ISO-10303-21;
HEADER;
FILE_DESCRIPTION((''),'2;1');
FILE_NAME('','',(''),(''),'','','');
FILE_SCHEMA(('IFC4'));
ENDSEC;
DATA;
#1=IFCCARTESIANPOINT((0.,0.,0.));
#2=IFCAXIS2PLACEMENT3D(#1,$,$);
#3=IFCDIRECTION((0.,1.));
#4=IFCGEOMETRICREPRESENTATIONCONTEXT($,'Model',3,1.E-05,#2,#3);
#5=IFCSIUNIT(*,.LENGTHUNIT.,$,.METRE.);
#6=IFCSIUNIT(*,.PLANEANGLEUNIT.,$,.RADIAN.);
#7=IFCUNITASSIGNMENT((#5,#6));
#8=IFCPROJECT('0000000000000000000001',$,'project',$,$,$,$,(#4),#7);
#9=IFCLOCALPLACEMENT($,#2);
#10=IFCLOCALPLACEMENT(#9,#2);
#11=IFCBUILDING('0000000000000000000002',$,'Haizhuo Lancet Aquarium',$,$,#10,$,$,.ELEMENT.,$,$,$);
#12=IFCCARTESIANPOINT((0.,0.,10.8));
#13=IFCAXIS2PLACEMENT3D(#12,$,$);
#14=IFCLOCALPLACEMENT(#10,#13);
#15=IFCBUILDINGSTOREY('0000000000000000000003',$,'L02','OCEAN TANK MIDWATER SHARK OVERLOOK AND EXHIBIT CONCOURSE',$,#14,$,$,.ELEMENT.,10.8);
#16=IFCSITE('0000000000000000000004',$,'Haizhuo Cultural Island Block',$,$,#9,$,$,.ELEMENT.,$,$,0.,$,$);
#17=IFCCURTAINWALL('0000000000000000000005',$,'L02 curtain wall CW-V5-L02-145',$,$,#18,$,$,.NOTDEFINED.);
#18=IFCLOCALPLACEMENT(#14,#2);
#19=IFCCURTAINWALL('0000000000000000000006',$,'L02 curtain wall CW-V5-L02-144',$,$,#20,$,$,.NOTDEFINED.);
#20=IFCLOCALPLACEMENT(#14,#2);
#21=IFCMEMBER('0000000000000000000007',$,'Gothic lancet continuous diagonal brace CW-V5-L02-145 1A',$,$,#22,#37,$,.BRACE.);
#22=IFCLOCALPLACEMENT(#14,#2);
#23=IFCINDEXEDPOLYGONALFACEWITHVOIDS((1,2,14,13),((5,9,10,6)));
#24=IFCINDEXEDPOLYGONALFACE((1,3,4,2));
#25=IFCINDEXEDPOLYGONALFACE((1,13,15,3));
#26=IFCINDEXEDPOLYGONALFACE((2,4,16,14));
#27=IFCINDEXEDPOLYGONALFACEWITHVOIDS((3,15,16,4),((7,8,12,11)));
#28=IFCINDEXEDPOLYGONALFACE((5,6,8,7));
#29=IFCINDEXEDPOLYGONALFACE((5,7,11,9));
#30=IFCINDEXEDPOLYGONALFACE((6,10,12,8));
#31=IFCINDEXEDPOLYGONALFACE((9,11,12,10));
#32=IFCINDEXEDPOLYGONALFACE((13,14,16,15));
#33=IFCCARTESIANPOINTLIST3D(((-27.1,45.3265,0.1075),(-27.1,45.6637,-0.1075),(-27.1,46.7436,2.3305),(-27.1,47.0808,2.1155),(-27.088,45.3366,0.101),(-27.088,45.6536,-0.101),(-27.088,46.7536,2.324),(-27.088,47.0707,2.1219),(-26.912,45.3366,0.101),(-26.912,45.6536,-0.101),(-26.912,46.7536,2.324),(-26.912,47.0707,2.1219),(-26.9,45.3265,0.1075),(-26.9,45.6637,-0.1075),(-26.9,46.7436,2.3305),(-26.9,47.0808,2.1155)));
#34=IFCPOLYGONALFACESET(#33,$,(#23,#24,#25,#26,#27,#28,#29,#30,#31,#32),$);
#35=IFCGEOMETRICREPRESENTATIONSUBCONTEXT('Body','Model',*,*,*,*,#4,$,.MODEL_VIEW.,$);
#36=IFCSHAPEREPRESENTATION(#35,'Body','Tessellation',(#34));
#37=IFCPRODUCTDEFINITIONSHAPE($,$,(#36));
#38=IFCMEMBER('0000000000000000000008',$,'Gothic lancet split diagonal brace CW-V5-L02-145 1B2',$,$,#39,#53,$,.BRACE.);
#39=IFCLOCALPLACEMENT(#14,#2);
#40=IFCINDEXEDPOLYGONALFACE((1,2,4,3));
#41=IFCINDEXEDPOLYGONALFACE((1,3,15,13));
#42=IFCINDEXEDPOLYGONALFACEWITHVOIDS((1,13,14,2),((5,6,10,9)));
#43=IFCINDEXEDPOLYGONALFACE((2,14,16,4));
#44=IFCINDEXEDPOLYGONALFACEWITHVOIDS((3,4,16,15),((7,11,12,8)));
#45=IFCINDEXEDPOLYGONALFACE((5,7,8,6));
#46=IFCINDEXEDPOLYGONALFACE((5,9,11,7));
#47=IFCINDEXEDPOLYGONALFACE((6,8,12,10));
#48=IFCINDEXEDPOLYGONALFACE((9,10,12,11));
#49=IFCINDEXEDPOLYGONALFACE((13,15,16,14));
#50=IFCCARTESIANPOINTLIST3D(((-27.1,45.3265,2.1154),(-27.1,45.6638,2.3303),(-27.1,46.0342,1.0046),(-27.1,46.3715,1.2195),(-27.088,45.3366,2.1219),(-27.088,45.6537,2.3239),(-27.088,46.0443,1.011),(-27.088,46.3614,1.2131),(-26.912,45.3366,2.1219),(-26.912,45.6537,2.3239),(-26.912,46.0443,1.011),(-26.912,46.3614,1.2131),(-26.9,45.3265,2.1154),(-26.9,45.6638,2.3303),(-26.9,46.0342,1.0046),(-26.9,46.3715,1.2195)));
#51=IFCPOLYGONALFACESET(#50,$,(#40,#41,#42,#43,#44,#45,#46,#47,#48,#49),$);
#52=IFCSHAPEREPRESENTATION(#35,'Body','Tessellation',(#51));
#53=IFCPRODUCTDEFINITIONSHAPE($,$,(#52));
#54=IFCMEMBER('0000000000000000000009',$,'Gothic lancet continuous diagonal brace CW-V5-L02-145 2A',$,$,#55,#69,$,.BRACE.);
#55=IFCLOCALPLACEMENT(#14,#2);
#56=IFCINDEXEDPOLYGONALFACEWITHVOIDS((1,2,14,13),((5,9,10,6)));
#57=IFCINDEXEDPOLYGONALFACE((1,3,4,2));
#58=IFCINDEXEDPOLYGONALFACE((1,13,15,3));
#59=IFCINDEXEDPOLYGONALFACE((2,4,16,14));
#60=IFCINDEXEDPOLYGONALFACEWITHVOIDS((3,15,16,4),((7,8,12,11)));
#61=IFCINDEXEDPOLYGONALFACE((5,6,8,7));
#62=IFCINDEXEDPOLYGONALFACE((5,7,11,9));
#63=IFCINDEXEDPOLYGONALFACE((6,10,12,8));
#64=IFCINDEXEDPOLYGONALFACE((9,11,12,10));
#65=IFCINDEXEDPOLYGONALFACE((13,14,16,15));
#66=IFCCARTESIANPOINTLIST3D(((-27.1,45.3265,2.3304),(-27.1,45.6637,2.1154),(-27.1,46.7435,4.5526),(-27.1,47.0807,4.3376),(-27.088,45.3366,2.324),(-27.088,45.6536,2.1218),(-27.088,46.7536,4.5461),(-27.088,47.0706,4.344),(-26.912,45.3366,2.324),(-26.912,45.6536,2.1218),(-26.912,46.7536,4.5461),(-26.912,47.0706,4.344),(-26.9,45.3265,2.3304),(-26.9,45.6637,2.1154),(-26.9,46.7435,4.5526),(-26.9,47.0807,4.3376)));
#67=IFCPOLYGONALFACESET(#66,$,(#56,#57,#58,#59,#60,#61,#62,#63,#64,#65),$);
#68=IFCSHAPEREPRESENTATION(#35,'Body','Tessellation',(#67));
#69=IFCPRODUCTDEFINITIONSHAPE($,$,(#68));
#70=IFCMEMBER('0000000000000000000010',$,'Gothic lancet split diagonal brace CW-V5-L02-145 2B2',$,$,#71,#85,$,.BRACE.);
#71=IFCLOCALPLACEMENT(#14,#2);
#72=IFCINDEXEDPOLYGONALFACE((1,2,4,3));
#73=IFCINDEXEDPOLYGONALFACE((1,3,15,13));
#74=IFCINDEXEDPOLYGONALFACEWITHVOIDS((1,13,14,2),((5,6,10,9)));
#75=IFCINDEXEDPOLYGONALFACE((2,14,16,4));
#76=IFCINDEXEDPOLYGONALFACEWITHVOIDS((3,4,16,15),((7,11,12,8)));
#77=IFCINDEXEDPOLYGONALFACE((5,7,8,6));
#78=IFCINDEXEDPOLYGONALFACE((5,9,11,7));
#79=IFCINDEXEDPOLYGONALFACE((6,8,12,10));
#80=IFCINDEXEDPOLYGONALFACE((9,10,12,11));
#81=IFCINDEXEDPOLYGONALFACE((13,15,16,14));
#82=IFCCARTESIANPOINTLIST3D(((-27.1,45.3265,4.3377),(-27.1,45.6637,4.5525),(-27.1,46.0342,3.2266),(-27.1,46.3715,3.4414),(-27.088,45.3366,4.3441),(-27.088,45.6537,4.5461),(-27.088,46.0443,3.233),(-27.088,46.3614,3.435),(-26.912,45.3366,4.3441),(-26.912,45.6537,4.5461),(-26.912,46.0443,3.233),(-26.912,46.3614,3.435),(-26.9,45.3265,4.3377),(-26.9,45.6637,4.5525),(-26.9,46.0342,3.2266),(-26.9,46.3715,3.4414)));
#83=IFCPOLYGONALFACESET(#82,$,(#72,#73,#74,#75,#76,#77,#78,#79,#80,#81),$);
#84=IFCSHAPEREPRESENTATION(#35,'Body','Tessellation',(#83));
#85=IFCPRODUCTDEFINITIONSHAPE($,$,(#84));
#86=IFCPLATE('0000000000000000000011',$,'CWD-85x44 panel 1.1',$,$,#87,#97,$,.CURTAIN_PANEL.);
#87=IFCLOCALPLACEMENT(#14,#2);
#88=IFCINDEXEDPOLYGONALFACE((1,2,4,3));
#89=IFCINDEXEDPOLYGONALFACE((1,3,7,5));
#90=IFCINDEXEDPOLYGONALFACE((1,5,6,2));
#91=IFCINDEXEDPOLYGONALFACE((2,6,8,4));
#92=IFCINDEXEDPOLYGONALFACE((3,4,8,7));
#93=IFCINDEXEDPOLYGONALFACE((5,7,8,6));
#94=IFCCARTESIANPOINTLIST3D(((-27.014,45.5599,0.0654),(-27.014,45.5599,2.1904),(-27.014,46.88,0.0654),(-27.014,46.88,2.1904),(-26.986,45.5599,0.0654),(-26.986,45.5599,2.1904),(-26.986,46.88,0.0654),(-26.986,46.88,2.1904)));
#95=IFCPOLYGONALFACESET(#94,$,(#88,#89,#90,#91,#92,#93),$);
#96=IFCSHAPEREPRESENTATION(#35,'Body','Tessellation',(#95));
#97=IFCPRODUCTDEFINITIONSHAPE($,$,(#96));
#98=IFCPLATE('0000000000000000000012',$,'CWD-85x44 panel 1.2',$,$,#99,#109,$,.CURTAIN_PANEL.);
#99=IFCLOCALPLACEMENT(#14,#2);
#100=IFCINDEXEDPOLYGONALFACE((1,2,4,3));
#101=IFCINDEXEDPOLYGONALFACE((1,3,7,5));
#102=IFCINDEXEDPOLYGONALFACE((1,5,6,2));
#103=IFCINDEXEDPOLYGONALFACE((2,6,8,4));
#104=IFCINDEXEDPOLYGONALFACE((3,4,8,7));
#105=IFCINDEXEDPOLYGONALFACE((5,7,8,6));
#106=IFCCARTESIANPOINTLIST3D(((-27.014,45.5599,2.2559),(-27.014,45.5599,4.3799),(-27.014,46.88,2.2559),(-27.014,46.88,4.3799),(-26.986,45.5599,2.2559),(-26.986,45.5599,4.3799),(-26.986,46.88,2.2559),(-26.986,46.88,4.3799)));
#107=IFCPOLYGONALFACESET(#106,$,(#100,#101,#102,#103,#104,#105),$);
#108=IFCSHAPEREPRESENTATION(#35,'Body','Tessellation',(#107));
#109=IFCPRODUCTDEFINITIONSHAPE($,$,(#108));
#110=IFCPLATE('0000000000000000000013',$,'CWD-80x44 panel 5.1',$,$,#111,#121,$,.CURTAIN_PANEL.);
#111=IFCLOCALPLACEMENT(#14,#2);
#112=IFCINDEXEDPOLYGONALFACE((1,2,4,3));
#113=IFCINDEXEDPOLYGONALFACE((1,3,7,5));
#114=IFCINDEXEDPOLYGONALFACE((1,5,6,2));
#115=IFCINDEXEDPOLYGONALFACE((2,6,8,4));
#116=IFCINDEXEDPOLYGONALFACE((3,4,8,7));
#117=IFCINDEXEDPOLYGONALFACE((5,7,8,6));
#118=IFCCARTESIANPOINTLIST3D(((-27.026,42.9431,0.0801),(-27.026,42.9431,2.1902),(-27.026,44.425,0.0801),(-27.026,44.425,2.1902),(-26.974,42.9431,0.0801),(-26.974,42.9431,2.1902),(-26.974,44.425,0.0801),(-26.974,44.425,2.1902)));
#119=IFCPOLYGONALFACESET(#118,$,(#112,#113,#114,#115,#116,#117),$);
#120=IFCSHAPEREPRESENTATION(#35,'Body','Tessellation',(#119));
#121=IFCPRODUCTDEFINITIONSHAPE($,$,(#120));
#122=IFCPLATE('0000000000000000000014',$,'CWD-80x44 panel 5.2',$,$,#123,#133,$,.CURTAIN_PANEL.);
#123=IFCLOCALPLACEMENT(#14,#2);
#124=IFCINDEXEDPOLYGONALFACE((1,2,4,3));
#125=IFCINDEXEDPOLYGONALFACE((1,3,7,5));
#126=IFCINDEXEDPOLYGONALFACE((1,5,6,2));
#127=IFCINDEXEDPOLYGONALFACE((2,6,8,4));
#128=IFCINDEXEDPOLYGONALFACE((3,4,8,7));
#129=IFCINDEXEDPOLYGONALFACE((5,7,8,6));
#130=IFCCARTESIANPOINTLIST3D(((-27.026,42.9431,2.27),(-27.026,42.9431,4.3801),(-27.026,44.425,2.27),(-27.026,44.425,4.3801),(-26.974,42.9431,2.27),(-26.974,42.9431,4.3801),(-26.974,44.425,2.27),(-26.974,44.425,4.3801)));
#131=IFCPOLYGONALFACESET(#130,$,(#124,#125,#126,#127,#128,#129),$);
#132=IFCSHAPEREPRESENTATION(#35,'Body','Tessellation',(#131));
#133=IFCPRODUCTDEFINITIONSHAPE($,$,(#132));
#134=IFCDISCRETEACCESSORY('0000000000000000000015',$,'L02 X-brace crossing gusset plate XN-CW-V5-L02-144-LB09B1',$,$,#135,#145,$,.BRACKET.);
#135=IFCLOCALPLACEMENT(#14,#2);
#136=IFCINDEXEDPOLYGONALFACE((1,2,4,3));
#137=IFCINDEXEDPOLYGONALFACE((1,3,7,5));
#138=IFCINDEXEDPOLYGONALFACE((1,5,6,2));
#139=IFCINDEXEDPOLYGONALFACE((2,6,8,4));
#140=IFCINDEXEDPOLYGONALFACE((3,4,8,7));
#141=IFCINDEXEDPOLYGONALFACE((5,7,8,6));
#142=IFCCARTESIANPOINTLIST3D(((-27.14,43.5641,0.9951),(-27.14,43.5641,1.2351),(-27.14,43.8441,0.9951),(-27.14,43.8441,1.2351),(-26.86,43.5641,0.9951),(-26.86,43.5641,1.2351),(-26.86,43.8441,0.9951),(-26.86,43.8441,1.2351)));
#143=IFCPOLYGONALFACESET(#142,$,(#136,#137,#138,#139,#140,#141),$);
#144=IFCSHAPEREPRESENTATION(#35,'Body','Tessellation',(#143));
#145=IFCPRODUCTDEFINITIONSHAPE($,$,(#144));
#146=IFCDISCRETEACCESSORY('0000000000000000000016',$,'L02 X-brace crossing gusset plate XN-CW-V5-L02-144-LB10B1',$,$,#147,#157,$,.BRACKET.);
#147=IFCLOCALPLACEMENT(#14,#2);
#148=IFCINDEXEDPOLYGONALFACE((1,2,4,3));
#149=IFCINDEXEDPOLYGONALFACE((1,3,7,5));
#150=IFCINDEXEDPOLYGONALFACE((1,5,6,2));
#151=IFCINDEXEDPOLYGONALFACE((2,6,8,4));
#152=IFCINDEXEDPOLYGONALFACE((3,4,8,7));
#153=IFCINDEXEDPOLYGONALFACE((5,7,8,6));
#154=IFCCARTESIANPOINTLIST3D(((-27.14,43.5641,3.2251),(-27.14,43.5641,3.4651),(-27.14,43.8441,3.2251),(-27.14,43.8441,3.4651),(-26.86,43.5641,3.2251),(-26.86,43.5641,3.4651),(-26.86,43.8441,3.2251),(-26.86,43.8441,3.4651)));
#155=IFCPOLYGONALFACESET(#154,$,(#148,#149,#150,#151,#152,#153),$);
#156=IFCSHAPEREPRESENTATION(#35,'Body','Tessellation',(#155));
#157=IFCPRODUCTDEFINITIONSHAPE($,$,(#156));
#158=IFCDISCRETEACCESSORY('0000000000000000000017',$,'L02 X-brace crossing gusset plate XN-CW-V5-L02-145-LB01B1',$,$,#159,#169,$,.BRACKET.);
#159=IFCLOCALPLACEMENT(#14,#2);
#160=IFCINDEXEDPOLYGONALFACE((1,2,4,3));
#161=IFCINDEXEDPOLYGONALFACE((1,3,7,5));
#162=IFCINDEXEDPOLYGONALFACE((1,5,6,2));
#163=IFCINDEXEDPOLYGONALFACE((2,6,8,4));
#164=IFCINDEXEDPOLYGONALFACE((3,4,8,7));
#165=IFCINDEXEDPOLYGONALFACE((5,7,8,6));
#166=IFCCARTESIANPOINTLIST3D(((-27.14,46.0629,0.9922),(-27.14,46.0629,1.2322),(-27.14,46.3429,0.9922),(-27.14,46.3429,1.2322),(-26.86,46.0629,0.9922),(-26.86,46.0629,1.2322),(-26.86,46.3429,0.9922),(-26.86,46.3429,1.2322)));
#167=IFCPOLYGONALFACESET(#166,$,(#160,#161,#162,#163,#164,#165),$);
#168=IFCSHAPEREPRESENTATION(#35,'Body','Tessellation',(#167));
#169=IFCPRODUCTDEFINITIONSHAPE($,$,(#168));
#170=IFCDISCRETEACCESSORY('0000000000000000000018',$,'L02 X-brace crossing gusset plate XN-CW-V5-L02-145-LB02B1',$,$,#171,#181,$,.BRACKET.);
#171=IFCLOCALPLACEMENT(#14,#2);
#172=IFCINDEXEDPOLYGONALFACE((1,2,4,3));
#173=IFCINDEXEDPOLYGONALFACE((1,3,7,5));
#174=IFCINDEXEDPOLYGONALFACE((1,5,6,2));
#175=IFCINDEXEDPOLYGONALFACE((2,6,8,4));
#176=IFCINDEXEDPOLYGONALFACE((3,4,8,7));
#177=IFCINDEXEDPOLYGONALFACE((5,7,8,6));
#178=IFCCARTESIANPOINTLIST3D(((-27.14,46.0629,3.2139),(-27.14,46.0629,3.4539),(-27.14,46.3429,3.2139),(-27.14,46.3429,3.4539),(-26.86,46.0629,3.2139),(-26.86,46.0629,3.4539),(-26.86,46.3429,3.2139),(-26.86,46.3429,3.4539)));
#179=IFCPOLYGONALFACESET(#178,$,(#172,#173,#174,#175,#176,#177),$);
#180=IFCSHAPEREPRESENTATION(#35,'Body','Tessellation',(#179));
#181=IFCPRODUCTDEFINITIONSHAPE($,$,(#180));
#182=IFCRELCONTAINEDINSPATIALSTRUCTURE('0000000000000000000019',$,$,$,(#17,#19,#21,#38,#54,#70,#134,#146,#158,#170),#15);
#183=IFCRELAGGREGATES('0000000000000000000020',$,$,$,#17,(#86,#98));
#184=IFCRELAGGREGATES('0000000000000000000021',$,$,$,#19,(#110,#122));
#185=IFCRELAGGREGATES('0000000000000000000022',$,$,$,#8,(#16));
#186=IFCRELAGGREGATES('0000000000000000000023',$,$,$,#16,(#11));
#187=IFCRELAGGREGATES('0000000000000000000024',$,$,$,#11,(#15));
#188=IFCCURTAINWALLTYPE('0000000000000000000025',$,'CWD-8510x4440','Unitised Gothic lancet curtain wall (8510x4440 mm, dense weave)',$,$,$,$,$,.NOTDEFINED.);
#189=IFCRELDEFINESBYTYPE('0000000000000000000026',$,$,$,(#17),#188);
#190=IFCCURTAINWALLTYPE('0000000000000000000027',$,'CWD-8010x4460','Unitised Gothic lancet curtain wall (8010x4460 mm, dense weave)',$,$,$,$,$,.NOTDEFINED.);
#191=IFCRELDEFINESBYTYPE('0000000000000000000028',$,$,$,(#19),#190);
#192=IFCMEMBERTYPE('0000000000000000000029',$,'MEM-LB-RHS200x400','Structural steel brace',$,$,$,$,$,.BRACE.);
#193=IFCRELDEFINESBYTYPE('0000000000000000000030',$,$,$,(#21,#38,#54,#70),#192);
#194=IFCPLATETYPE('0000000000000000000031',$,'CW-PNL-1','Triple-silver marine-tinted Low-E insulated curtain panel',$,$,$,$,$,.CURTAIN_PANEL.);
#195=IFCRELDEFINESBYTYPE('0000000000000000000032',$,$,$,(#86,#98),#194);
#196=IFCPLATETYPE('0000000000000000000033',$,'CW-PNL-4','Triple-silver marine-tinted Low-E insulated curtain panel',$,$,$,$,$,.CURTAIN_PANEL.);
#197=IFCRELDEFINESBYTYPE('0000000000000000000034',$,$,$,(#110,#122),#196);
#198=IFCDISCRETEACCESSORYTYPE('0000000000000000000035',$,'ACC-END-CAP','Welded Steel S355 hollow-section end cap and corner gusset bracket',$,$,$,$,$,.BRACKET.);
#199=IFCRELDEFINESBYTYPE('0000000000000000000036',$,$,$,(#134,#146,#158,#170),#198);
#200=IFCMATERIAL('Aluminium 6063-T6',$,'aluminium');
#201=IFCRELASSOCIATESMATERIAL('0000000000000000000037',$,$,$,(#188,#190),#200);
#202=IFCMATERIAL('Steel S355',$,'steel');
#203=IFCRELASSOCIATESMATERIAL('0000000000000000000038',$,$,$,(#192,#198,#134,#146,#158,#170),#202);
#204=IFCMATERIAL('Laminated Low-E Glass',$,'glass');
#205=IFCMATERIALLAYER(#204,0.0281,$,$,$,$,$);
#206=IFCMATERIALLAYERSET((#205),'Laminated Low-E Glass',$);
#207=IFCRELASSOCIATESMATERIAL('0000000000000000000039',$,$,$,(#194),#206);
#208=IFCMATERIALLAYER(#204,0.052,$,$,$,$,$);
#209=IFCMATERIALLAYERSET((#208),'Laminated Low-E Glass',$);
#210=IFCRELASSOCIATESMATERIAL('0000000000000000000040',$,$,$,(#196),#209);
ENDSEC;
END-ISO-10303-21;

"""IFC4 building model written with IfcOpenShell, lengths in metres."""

from ifc_helpers import new_model, si_unit, direction, frame, origin, origin_2d, place, context, subcontext, project, spatial, rectangle, hollow_rectangle, extrude, material, layer, layer_set, material_profile, profile_set, type_object, element, aggregate, save


model = new_model("IFC4")

# Units and contexts
model_context = context("Model", 3, precision=1e-05, world=origin(), true_north=direction((0.0, 1.0)))
body_context = subcontext(model_context, "Body", "Model", "MODEL_VIEW")
ifc_project = project(units=[si_unit("LENGTHUNIT", "METRE"), si_unit("PLANEANGLEUNIT", "RADIAN")], contexts=[model_context])

# Site, building, storey
site_placement = place(None, origin())
site = spatial("IfcSite", under=ifc_project, at=site_placement, Name="Haizhuo Cultural Island Block", CompositionType="ELEMENT", RefElevation=0.0)
building_placement = place(site_placement, origin())
building = spatial("IfcBuilding", under=site, at=building_placement, Name="Haizhuo Lancet Aquarium", CompositionType="ELEMENT")
storey_placement = place(building_placement, frame((0.0, 0.0, 10.8)))
storey = spatial("IfcBuildingStorey", under=building, at=storey_placement, Name="L02", Description="OCEAN TANK MIDWATER SHARK OVERLOOK AND EXHIBIT CONCOURSE", CompositionType="ELEMENT", Elevation=10.8)

# Curtain wall
ifc_material_1 = material(Name="Aluminium 6063-T6", Category="aluminium")
curtain_wall_type_1 = type_object("IfcCurtainWallType", Name="CWD-8510x4440", Description="Unitised Gothic lancet curtain wall (8510x4440 mm, dense weave)", PredefinedType="NOTDEFINED", material=ifc_material_1)
curtain_wall_1_placement = place(storey_placement, origin())
curtain_wall_1 = element("IfcCurtainWall", 1, at=curtain_wall_1_placement, inside=storey, type_object=curtain_wall_type_1, Name="L02 curtain wall CW-V5-L02-145", PredefinedType="NOTDEFINED")

# Curtain wall
curtain_wall_type_2 = type_object("IfcCurtainWallType", Name="CWD-8010x4460", Description="Unitised Gothic lancet curtain wall (8010x4460 mm, dense weave)", PredefinedType="NOTDEFINED", material=ifc_material_1)
curtain_wall_2_placement = place(storey_placement, origin())
curtain_wall_2 = element("IfcCurtainWall", 2, at=curtain_wall_2_placement, inside=storey, type_object=curtain_wall_type_2, Name="L02 curtain wall CW-V5-L02-144", PredefinedType="NOTDEFINED")

# Members
ifc_material_2 = material(Name="Steel S355", Category="steel")
ifc_material_profile_1 = material_profile(ifc_material_2, hollow_rectangle(XDim=0.2, YDim=0.3999, WallThickness=0.012, at=origin_2d()), Name="RHS 200x400x12")
ifc_profile_set_1 = profile_set([ifc_material_profile_1], Name="Steel S355")
member_type_1 = type_object("IfcMemberType", Name="MEM-LB-RHS200x400", Description="Structural steel brace", PredefinedType="BRACE", material=ifc_profile_set_1)
member_1_placement = place(storey_placement, frame((-27.0, 45.4951, 0.0), z_axis=(0.0, 0.537529, 0.843246), x_axis=(-1.0, 0.0, 0.0)))
element("IfcMember", 3, at=member_1_placement, inside=storey, type_object=member_type_1, Name="Gothic lancet continuous diagonal brace CW-V5-L02-145 1A", PredefinedType="BRACE", context=body_context, shape_type="SweptSolid", body=[
    extrude(hollow_rectangle(XDim=0.2, YDim=0.3999, WallThickness=0.012, at=origin_2d()), origin(), (0.0, 0.0, 1.0), 2.6362),
])
member_2_placement = place(storey_placement, frame((-27.0, 46.2029, 1.1121), z_axis=(0.0, -0.537343, 0.843364), x_axis=(1.0, 0.0, 0.0)))
element("IfcMember", 4, at=member_2_placement, inside=storey, type_object=member_type_1, Name="Gothic lancet split diagonal brace CW-V5-L02-145 1B2", PredefinedType="BRACE", context=body_context, shape_type="SweptSolid", body=[
    extrude(hollow_rectangle(XDim=0.2, YDim=0.3999, WallThickness=0.012, at=origin_2d()), origin(), (0.0, 0.0, 1.0), 1.3171),
])
member_3_placement = place(storey_placement, frame((-27.0, 45.4951, 2.2229), z_axis=(0.0, 0.537654, 0.843165), x_axis=(-1.0, 0.0, 0.0)))
element("IfcMember", 5, at=member_3_placement, inside=storey, type_object=member_type_1, Name="Gothic lancet continuous diagonal brace CW-V5-L02-145 2A", PredefinedType="BRACE", context=body_context, shape_type="SweptSolid", body=[
    extrude(hollow_rectangle(XDim=0.2, YDim=0.3999, WallThickness=0.012, at=origin_2d()), origin(), (0.0, 0.0, 1.0), 2.6355),
])
member_4_placement = place(storey_placement, frame((-27.0, 46.2029, 3.334), z_axis=(0.0, -0.537259, 0.843417), x_axis=(1.0, 0.0, 0.0)))
element("IfcMember", 6, at=member_4_placement, inside=storey, type_object=member_type_1, Name="Gothic lancet split diagonal brace CW-V5-L02-145 2B2", PredefinedType="BRACE", context=body_context, shape_type="SweptSolid", body=[
    extrude(hollow_rectangle(XDim=0.2, YDim=0.3999, WallThickness=0.012, at=origin_2d()), origin(), (0.0, 0.0, 1.0), 1.3174),
])

# Plates
ifc_material_3 = material(Name="Laminated Low-E Glass", Category="glass")
ifc_layer_1 = layer(ifc_material_3, 0.0281)
ifc_layer_set_1 = layer_set([ifc_layer_1], Name="Laminated Low-E Glass")
plate_type_1 = type_object("IfcPlateType", Name="CW-PNL-1", Description="Triple-silver marine-tinted Low-E insulated curtain panel", PredefinedType="CURTAIN_PANEL", material=ifc_layer_set_1)
plate_1_placement = place(storey_placement, frame((-27.0, 46.22, 0.0654), z_axis=(0.0, 0.0, 1.0), x_axis=(0.0, 1.0, 0.0)))
plate_1 = element("IfcPlate", 7, at=plate_1_placement, type_object=plate_type_1, Name="CWD-85x44 panel 1.1", PredefinedType="CURTAIN_PANEL", context=body_context, shape_type="SweptSolid", body=[
    extrude(rectangle(XDim=1.3201, YDim=0.0281, at=origin_2d()), origin(), (0.0, 0.0, 1.0), 2.125),
])
plate_2_placement = place(storey_placement, frame((-27.0, 46.22, 2.2559), z_axis=(0.0, 0.0, 1.0), x_axis=(0.0, 1.0, 0.0)))
plate_2 = element("IfcPlate", 8, at=plate_2_placement, type_object=plate_type_1, Name="CWD-85x44 panel 1.2", PredefinedType="CURTAIN_PANEL", context=body_context, shape_type="SweptSolid", body=[
    extrude(rectangle(XDim=1.3201, YDim=0.0281, at=origin_2d()), origin(), (0.0, 0.0, 1.0), 2.124),
])
aggregate(curtain_wall_1, [plate_1, plate_2])
ifc_layer_2 = layer(ifc_material_3, 0.052)
ifc_layer_set_2 = layer_set([ifc_layer_2], Name="Laminated Low-E Glass")
plate_type_2 = type_object("IfcPlateType", Name="CW-PNL-4", Description="Triple-silver marine-tinted Low-E insulated curtain panel", PredefinedType="CURTAIN_PANEL", material=ifc_layer_set_2)
plate_3_placement = place(storey_placement, frame((-27.0, 43.6841, 0.0801), z_axis=(0.0, 0.0, 1.0), x_axis=(0.0, 1.0, 0.0)))
plate_3 = element("IfcPlate", 9, at=plate_3_placement, type_object=plate_type_2, Name="CWD-80x44 panel 5.1", PredefinedType="CURTAIN_PANEL", context=body_context, shape_type="SweptSolid", body=[
    extrude(rectangle(XDim=1.4819, YDim=0.052, at=origin_2d()), origin(), (0.0, 0.0, 1.0), 2.1101),
])
plate_4_placement = place(storey_placement, frame((-27.0, 43.6841, 2.27), z_axis=(0.0, 0.0, 1.0), x_axis=(0.0, 1.0, 0.0)))
plate_4 = element("IfcPlate", 10, at=plate_4_placement, type_object=plate_type_2, Name="CWD-80x44 panel 5.2", PredefinedType="CURTAIN_PANEL", context=body_context, shape_type="SweptSolid", body=[
    extrude(rectangle(XDim=1.4819, YDim=0.052, at=origin_2d()), origin(), (0.0, 0.0, 1.0), 2.1101),
])
aggregate(curtain_wall_2, [plate_3, plate_4])

# Discrete accessories
discrete_accessory_type = type_object("IfcDiscreteAccessoryType", Name="ACC-END-CAP", Description="Welded Steel S355 hollow-section end cap and corner gusset bracket", PredefinedType="BRACKET", material=ifc_material_2)
for number, where, z_axis, x_axis, name in (
    (11, (-27.0, 43.7041, 0.9951), (0.0, 0.0, 1.0), (1.0, 0.0, 0.0), "L02 X-brace crossing gusset plate XN-CW-V5-L02-144-LB09B1"),
    (12, (-27.0, 43.7041, 3.2251), (0.0, 0.0, 1.0), (1.0, 0.0, 0.0), "L02 X-brace crossing gusset plate XN-CW-V5-L02-144-LB10B1"),
    (13, (-27.0, 46.2029, 0.9922), (0.0, 0.0, 1.0), (1.0, 0.0, 0.0), "L02 X-brace crossing gusset plate XN-CW-V5-L02-145-LB01B1"),
    (14, (-27.0, 46.2029, 3.2139), (0.0, 0.0, 1.0), (1.0, 0.0, 0.0), "L02 X-brace crossing gusset plate XN-CW-V5-L02-145-LB02B1"),
):
    element("IfcDiscreteAccessory", number, at=place(storey_placement, frame(where, z_axis=z_axis, x_axis=x_axis)), inside=storey, type_object=discrete_accessory_type, material=ifc_material_2, Name=name, PredefinedType="BRACKET", context=body_context, shape_type="SweptSolid", body=[
        extrude(rectangle(XDim=0.28, YDim=0.28, at=origin_2d()), origin(), (0.0, 0.0, 1.0), 0.24),
    ])

save(model, "model.ifc")
